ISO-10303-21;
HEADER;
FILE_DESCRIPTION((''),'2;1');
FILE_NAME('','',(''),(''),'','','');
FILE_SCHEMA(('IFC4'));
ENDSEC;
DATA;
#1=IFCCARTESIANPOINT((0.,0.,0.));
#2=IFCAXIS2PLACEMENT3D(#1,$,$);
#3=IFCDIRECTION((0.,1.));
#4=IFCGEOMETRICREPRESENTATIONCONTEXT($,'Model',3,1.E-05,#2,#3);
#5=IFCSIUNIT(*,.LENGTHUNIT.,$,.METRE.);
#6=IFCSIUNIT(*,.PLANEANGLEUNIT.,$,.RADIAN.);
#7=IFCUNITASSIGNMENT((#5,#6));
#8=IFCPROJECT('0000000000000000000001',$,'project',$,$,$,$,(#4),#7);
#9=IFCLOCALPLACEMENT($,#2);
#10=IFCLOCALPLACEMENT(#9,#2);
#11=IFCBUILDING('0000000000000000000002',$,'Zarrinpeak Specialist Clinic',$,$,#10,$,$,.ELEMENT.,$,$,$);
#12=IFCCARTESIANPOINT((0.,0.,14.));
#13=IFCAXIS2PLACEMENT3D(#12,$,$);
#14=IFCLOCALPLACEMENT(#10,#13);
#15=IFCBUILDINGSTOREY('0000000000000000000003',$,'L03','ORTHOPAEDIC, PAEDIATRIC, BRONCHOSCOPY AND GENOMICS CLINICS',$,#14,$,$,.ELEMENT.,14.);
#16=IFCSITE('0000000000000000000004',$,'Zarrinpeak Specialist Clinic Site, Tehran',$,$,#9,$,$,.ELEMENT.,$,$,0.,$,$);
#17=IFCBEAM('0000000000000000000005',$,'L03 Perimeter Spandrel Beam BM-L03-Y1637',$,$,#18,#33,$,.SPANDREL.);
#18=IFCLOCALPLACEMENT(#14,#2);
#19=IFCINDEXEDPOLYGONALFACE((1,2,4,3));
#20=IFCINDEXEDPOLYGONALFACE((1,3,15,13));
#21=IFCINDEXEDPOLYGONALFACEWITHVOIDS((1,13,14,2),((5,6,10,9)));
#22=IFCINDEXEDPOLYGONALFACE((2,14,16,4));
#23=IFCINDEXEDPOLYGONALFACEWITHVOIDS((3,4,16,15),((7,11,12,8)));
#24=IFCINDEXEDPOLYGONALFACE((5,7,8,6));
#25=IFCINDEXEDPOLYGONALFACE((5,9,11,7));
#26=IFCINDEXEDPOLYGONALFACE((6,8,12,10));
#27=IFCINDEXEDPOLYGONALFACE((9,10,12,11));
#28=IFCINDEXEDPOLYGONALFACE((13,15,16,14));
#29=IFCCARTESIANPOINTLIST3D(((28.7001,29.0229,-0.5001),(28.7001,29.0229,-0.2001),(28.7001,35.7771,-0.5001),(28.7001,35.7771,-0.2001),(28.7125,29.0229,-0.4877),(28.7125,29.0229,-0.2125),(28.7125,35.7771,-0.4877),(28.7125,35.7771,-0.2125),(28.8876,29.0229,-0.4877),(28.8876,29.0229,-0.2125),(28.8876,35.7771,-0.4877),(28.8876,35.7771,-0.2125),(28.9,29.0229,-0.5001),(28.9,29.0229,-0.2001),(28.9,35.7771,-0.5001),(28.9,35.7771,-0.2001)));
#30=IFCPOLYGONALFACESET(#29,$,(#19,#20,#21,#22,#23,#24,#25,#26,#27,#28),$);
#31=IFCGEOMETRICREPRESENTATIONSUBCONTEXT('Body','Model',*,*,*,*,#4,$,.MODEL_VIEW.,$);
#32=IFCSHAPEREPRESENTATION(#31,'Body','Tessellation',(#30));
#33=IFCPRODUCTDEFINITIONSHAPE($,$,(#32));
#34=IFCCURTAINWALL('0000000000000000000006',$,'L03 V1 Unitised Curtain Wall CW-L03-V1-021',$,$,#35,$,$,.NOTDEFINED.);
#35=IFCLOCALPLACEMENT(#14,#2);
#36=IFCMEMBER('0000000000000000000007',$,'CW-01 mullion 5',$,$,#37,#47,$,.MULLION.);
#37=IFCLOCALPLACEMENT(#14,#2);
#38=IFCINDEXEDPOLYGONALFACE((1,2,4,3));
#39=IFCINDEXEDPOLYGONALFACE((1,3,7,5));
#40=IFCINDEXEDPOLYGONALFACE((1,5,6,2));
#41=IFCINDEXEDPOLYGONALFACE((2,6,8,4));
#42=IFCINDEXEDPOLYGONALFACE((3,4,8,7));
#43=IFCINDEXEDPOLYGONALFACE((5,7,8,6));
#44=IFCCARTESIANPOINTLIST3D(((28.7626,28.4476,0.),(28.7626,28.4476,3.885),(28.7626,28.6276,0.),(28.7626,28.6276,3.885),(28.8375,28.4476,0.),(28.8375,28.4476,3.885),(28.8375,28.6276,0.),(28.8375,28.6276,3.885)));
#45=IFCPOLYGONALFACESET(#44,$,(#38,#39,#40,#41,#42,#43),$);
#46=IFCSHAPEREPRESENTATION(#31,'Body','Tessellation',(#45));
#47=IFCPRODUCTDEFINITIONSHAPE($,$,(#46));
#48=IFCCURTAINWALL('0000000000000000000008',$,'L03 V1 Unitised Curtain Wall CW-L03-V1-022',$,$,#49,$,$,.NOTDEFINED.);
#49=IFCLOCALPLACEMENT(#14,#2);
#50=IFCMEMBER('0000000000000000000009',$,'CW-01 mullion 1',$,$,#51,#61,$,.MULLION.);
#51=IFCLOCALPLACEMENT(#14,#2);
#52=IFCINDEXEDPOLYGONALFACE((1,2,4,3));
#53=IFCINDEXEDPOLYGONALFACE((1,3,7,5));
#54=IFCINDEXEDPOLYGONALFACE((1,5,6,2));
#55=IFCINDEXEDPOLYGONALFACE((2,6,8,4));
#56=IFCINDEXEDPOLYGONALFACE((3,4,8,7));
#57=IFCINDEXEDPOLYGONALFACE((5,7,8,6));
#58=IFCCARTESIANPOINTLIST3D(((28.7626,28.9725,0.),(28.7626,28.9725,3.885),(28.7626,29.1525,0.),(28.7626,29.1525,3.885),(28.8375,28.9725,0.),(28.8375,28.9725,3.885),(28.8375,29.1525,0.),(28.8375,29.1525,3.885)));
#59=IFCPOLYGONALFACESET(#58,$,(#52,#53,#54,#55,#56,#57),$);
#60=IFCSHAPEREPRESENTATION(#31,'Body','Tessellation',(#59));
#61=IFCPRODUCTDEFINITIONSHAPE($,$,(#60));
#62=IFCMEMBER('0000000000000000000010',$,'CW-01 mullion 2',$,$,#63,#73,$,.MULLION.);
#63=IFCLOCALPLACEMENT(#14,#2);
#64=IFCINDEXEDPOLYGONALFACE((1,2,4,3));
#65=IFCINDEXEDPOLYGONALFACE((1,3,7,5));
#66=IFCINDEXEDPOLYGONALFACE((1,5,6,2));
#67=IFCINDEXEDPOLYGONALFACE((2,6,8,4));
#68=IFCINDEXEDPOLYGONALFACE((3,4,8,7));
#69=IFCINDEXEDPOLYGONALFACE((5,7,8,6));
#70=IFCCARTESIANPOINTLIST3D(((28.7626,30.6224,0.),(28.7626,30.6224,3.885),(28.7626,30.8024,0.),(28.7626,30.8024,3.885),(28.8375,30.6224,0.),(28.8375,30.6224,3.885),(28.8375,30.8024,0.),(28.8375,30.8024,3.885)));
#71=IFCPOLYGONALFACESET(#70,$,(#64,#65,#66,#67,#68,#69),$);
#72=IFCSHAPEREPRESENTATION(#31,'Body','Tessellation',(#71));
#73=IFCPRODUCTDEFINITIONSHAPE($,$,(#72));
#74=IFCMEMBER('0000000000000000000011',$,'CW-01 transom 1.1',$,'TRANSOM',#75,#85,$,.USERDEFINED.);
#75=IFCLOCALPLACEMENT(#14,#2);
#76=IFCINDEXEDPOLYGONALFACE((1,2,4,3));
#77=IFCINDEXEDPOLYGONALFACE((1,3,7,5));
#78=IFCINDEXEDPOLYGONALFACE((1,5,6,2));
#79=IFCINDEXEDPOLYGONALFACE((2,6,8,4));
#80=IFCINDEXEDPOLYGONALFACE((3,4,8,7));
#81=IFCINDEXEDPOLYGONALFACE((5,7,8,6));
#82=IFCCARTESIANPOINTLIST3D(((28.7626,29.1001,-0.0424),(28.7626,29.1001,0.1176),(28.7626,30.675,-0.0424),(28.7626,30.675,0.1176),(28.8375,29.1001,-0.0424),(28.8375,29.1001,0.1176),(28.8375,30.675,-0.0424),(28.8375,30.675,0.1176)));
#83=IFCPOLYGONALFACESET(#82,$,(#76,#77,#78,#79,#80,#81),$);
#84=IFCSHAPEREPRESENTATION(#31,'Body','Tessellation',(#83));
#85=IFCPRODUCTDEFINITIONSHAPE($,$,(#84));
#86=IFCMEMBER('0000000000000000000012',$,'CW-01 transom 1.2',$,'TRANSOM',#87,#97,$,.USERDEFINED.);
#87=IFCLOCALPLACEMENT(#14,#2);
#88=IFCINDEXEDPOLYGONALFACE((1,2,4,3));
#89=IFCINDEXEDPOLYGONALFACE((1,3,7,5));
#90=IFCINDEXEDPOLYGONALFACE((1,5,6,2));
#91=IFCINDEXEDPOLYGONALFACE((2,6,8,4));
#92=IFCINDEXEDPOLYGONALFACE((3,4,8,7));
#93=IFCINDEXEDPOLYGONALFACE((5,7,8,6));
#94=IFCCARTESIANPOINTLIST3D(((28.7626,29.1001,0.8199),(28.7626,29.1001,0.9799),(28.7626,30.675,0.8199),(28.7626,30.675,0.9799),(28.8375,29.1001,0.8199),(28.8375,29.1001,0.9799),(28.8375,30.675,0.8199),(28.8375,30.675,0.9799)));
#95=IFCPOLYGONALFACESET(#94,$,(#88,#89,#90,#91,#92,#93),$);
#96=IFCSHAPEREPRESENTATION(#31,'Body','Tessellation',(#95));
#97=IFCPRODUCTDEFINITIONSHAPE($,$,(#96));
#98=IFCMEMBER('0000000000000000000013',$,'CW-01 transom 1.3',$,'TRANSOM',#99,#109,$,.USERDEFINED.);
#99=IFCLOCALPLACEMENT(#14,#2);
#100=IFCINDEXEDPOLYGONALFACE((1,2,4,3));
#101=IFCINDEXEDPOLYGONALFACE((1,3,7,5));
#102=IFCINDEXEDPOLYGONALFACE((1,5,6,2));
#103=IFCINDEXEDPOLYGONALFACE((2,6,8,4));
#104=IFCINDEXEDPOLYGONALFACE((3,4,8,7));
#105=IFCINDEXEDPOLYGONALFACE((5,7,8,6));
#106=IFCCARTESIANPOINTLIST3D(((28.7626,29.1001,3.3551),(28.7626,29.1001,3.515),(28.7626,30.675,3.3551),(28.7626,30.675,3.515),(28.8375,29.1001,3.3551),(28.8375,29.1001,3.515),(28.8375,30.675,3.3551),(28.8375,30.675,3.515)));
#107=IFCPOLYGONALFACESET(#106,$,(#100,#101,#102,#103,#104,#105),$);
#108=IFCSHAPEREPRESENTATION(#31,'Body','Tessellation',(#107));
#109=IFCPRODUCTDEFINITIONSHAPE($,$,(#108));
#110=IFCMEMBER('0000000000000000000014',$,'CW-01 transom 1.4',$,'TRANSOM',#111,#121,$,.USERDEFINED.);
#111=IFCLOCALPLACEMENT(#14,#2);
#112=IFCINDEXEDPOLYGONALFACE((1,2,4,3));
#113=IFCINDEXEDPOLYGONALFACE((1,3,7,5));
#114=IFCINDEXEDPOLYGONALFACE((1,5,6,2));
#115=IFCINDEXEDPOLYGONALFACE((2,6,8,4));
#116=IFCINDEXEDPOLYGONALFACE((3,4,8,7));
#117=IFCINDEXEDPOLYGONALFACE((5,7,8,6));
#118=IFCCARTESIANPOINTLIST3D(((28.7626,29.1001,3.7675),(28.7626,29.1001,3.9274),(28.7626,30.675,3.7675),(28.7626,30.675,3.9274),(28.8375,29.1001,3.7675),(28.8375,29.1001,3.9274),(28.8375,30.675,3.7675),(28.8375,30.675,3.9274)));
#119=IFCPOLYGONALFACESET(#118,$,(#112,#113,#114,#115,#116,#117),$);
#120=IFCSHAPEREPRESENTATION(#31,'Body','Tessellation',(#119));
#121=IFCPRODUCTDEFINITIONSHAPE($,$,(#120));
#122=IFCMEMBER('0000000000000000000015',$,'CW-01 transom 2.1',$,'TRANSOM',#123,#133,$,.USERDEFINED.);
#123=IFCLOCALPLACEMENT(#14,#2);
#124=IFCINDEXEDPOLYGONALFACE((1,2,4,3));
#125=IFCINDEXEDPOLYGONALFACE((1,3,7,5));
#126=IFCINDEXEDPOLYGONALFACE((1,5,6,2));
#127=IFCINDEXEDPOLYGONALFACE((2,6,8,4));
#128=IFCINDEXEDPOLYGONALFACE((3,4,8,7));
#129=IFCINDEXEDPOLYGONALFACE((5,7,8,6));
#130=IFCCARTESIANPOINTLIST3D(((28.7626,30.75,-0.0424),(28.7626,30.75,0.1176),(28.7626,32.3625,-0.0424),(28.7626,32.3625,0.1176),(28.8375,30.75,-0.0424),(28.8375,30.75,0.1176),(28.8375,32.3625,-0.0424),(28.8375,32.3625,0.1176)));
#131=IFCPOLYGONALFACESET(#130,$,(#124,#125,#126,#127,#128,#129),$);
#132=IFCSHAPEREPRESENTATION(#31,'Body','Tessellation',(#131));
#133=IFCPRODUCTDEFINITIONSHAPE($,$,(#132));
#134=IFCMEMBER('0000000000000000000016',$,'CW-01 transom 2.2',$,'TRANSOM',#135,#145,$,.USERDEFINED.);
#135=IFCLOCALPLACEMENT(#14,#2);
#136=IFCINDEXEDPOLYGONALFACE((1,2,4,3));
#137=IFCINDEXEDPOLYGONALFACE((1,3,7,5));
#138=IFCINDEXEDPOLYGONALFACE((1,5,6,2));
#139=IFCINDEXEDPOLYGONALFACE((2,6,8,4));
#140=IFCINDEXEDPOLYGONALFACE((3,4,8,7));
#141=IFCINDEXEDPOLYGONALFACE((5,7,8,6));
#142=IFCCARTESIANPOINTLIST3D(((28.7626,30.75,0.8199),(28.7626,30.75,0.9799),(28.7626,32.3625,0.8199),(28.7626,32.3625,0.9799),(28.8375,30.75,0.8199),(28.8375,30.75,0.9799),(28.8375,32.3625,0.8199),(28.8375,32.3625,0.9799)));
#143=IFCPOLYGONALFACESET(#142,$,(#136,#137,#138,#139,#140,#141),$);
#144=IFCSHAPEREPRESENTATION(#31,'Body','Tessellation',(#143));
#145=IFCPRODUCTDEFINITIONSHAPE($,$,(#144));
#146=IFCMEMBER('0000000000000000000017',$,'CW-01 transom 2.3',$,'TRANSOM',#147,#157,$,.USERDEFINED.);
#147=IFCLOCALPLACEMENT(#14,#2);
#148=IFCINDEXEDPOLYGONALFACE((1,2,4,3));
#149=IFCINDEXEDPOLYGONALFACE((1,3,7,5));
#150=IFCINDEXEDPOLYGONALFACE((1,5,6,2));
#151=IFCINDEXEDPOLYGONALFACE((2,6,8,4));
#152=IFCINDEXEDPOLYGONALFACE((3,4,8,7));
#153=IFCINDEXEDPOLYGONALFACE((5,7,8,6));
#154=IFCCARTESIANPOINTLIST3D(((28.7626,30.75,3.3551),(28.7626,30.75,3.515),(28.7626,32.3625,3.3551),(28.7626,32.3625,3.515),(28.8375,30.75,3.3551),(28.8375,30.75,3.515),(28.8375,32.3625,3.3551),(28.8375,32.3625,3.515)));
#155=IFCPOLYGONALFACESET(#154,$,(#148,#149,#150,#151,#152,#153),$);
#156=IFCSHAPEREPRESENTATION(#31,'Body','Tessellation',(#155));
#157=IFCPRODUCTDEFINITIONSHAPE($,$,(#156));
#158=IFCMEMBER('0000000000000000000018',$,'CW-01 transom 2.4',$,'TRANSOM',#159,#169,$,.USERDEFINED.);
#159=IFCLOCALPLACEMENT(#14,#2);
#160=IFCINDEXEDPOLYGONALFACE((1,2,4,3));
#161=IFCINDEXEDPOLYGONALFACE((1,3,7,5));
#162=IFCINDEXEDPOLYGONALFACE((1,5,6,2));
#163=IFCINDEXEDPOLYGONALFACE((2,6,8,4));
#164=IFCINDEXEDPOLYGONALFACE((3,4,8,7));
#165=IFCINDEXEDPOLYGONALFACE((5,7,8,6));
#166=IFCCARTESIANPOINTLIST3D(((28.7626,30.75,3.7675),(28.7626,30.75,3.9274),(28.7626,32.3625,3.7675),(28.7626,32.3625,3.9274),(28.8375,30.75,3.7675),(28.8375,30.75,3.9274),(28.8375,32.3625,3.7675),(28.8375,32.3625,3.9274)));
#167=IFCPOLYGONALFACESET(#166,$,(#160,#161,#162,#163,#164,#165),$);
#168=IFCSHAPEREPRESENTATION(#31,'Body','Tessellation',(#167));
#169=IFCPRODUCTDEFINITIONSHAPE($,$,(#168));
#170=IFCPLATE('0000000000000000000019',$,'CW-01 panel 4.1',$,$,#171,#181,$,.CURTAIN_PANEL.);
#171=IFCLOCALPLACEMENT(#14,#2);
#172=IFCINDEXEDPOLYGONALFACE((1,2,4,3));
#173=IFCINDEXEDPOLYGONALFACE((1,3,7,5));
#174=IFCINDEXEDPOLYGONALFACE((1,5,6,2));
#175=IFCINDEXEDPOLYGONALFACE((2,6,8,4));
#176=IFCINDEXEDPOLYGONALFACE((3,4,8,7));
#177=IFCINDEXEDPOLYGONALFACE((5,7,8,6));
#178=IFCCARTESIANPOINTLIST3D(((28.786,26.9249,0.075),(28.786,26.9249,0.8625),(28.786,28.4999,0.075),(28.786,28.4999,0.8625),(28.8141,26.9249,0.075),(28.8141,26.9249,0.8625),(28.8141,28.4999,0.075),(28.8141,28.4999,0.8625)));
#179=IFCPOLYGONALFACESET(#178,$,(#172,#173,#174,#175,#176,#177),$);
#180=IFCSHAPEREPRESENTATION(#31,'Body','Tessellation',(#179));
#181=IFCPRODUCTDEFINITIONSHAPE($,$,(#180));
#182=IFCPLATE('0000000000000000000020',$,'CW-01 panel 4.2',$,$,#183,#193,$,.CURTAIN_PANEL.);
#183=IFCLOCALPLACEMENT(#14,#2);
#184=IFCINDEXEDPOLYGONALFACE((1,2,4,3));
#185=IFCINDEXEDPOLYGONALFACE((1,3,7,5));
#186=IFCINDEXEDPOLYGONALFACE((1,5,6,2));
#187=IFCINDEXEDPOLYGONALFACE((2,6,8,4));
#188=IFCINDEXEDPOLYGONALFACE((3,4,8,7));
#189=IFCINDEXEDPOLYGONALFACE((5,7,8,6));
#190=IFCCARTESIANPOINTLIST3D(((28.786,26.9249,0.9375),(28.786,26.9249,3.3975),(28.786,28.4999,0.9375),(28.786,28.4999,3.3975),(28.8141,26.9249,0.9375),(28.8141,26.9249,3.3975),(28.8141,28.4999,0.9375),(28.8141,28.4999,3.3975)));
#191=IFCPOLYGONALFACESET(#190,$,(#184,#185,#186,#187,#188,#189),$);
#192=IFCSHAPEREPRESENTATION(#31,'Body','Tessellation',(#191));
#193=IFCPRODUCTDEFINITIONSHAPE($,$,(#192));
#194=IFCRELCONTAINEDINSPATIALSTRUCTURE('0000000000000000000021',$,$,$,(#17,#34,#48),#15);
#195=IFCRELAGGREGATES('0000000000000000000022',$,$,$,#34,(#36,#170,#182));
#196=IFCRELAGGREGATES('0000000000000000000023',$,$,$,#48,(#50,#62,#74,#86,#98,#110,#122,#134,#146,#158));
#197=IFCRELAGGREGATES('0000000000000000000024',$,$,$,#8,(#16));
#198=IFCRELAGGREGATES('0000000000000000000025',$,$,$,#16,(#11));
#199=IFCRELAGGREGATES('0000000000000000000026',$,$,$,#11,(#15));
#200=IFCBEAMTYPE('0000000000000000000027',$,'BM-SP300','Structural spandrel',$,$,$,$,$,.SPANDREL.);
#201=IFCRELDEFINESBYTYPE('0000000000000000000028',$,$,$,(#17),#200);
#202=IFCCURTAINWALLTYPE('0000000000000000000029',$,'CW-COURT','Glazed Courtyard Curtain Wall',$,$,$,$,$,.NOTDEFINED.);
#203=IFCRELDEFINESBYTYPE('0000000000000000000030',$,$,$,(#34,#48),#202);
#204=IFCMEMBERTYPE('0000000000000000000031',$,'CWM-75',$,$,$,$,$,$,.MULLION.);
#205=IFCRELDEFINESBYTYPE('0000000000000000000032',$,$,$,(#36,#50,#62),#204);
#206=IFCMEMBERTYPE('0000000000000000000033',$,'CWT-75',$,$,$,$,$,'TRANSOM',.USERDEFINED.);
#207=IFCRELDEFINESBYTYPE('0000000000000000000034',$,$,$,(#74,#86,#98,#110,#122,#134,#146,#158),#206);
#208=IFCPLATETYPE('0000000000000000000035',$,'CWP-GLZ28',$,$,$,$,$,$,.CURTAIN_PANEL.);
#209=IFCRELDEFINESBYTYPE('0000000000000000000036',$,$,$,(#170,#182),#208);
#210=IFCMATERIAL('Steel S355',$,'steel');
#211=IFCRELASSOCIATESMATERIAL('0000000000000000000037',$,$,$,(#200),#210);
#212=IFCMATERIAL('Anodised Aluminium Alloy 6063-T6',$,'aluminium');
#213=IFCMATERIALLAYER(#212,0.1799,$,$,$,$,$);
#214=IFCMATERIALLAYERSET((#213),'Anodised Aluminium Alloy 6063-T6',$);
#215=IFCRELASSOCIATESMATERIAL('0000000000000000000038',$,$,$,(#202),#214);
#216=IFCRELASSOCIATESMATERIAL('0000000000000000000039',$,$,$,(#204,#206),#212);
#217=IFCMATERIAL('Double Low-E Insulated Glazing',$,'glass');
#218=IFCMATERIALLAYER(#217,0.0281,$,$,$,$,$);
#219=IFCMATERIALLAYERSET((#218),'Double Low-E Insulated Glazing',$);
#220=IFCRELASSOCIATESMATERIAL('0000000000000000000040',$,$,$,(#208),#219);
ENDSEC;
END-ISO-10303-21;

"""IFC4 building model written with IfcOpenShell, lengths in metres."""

from ifc_helpers import new_model, si_unit, direction, frame, origin, origin_2d, place, context, subcontext, project, spatial, rectangle, hollow_rectangle, extrude, material, layer, layer_set, material_profile, profile_set, type_object, element, aggregate, save


model = new_model("IFC4")

# Units and contexts
model_context = context("Model", 3, precision=1e-05, world=origin(), true_north=direction((0.0, 1.0)))
body_context = subcontext(model_context, "Body", "Model", "MODEL_VIEW")
ifc_project = project(units=[si_unit("LENGTHUNIT", "METRE"), si_unit("PLANEANGLEUNIT", "RADIAN")], contexts=[model_context])

# Site, building, storey
site_placement = place(None, origin())
site = spatial("IfcSite", under=ifc_project, at=site_placement, Name="Zarrinpeak Specialist Clinic Site, Tehran", CompositionType="ELEMENT", RefElevation=0.0)
building_placement = place(site_placement, origin())
building = spatial("IfcBuilding", under=site, at=building_placement, Name="Zarrinpeak Specialist Clinic", CompositionType="ELEMENT")
storey_placement = place(building_placement, frame((0.0, 0.0, 14.0)))
storey = spatial("IfcBuildingStorey", under=building, at=storey_placement, Name="L03", Description="ORTHOPAEDIC, PAEDIATRIC, BRONCHOSCOPY AND GENOMICS CLINICS", CompositionType="ELEMENT", Elevation=14.0)

# Shared definitions
ifc_material_1 = material(Name="Steel S355", Category="steel")

# Beam
ifc_material_profile_1 = material_profile(ifc_material_1, hollow_rectangle(XDim=0.2, YDim=0.3, WallThickness=0.0125, at=origin_2d()), Name="RHS 300x200x12.5")
ifc_profile_set_1 = profile_set([ifc_material_profile_1], Name="Steel S355")
beam_type_1 = type_object("IfcBeamType", Name="BM-SP300", Description="Structural spandrel", PredefinedType="SPANDREL", material=ifc_profile_set_1)
beam_placement = place(storey_placement, frame((28.8, 29.0229, -0.3501), z_axis=(0.0, 1.0, 0.0), x_axis=(-1.0, 0.0, 0.0)))
element("IfcBeam", 1, at=beam_placement, inside=storey, type_object=beam_type_1, Name="L03 Perimeter Spandrel Beam BM-L03-Y1637", PredefinedType="SPANDREL", context=body_context, shape_type="SweptSolid", body=[
    extrude(hollow_rectangle(XDim=0.2, YDim=0.3, WallThickness=0.0125, at=origin_2d()), origin(), (0.0, 0.0, 1.0), 6.7542),
])

# Curtain wall, member
ifc_material_2 = material(Name="Anodised Aluminium Alloy 6063-T6", Category="aluminium")
ifc_layer_1 = layer(ifc_material_2, 0.1799)
ifc_layer_set_1 = layer_set([ifc_layer_1], Name="Anodised Aluminium Alloy 6063-T6")
curtain_wall_type = type_object("IfcCurtainWallType", Name="CW-COURT", Description="Glazed Courtyard Curtain Wall", PredefinedType="NOTDEFINED", material=ifc_layer_set_1)
curtain_wall_1_placement = place(storey_placement, origin())
curtain_wall_1 = element("IfcCurtainWall", 2, at=curtain_wall_1_placement, inside=storey, type_object=curtain_wall_type, Name="L03 V1 Unitised Curtain Wall CW-L03-V1-021", PredefinedType="NOTDEFINED")
ifc_material_profile_2 = material_profile(ifc_material_2, rectangle(XDim=0.075, YDim=0.1799, at=origin_2d()), Name="ALU 75x180")
ifc_profile_set_2 = profile_set([ifc_material_profile_2], Name="Anodised Aluminium Alloy 6063-T6")
member_type_1 = type_object("IfcMemberType", Name="CWM-75", PredefinedType="MULLION", material=ifc_profile_set_2)
member_1_placement = place(storey_placement, frame((28.8, 28.5376, 0.0), z_axis=(0.0, 0.0, 1.0), x_axis=(-1.0, 0.0, 0.0)))
member_1 = element("IfcMember", 3, at=member_1_placement, type_object=member_type_1, Name="CW-01 mullion 5", PredefinedType="MULLION", context=body_context, shape_type="SweptSolid", body=[
    extrude(rectangle(XDim=0.075, YDim=0.1799, at=origin_2d()), origin(), (0.0, 0.0, 1.0), 3.885),
])

# Curtain wall, members
curtain_wall_2_placement = place(storey_placement, origin())
curtain_wall_2 = element("IfcCurtainWall", 4, at=curtain_wall_2_placement, inside=storey, type_object=curtain_wall_type, Name="L03 V1 Unitised Curtain Wall CW-L03-V1-022", PredefinedType="NOTDEFINED")
member_2_placement = place(storey_placement, frame((28.8, 29.0625, 0.0), z_axis=(0.0, 0.0, 1.0), x_axis=(-1.0, 0.0, 0.0)))
member_2 = element("IfcMember", 5, at=member_2_placement, type_object=member_type_1, Name="CW-01 mullion 1", PredefinedType="MULLION", context=body_context, shape_type="SweptSolid", body=[
    extrude(rectangle(XDim=0.075, YDim=0.1799, at=origin_2d()), origin(), (0.0, 0.0, 1.0), 3.885),
])
member_3_placement = place(storey_placement, frame((28.8, 30.7124, 0.0), z_axis=(0.0, 0.0, 1.0), x_axis=(-1.0, 0.0, 0.0)))
member_3 = element("IfcMember", 6, at=member_3_placement, type_object=member_type_1, Name="CW-01 mullion 2", PredefinedType="MULLION", context=body_context, shape_type="SweptSolid", body=[
    extrude(rectangle(XDim=0.075, YDim=0.1799, at=origin_2d()), origin(), (0.0, 0.0, 1.0), 3.885),
])
ifc_material_profile_3 = material_profile(ifc_material_2, rectangle(XDim=0.075, YDim=0.1599, at=origin_2d()), Name="ALU 75x160")
ifc_profile_set_3 = profile_set([ifc_material_profile_3], Name="Anodised Aluminium Alloy 6063-T6")
member_type_2 = type_object("IfcMemberType", Name="CWT-75", ElementType="TRANSOM", PredefinedType="USERDEFINED", material=ifc_profile_set_3)
member_4_placement = place(storey_placement, frame((28.8, 29.1001, 0.0376), z_axis=(0.0, 1.0, 0.0), x_axis=(-1.0, 0.0, 0.0)))
member_4 = element("IfcMember", 7, at=member_4_placement, type_object=member_type_2, Name="CW-01 transom 1.1", ObjectType="TRANSOM", PredefinedType="USERDEFINED", context=body_context, shape_type="SweptSolid", body=[
    extrude(rectangle(XDim=0.075, YDim=0.1599, at=origin_2d()), origin(), (0.0, 0.0, 1.0), 1.575),
])
member_5_placement = place(storey_placement, frame((28.8, 29.1001, 0.8999), z_axis=(0.0, 1.0, 0.0), x_axis=(-1.0, 0.0, 0.0)))
member_5 = element("IfcMember", 8, at=member_5_placement, type_object=member_type_2, Name="CW-01 transom 1.2", ObjectType="TRANSOM", PredefinedType="USERDEFINED", context=body_context, shape_type="SweptSolid", body=[
    extrude(rectangle(XDim=0.075, YDim=0.1599, at=origin_2d()), origin(), (0.0, 0.0, 1.0), 1.575),
])
member_6_placement = place(storey_placement, frame((28.8, 29.1001, 3.4351), z_axis=(0.0, 1.0, 0.0), x_axis=(-1.0, 0.0, 0.0)))
member_6 = element("IfcMember", 9, at=member_6_placement, type_object=member_type_2, Name="CW-01 transom 1.3", ObjectType="TRANSOM", PredefinedType="USERDEFINED", context=body_context, shape_type="SweptSolid", body=[
    extrude(rectangle(XDim=0.075, YDim=0.1599, at=origin_2d()), origin(), (0.0, 0.0, 1.0), 1.575),
])
member_7_placement = place(storey_placement, frame((28.8, 29.1001, 3.8474), z_axis=(0.0, 1.0, 0.0), x_axis=(-1.0, 0.0, 0.0)))
member_7 = element("IfcMember", 10, at=member_7_placement, type_object=member_type_2, Name="CW-01 transom 1.4", ObjectType="TRANSOM", PredefinedType="USERDEFINED", context=body_context, shape_type="SweptSolid", body=[
    extrude(rectangle(XDim=0.075, YDim=0.1599, at=origin_2d()), origin(), (0.0, 0.0, 1.0), 1.575),
])
member_8_placement = place(storey_placement, frame((28.8, 30.75, 0.0376), z_axis=(0.0, 1.0, 0.0), x_axis=(-1.0, 0.0, 0.0)))
member_8 = element("IfcMember", 11, at=member_8_placement, type_object=member_type_2, Name="CW-01 transom 2.1", ObjectType="TRANSOM", PredefinedType="USERDEFINED", context=body_context, shape_type="SweptSolid", body=[
    extrude(rectangle(XDim=0.075, YDim=0.1599, at=origin_2d()), origin(), (0.0, 0.0, 1.0), 1.6125),
])
member_9_placement = place(storey_placement, frame((28.8, 30.75, 0.8999), z_axis=(0.0, 1.0, 0.0), x_axis=(-1.0, 0.0, 0.0)))
member_9 = element("IfcMember", 12, at=member_9_placement, type_object=member_type_2, Name="CW-01 transom 2.2", ObjectType="TRANSOM", PredefinedType="USERDEFINED", context=body_context, shape_type="SweptSolid", body=[
    extrude(rectangle(XDim=0.075, YDim=0.1599, at=origin_2d()), origin(), (0.0, 0.0, 1.0), 1.6125),
])
member_10_placement = place(storey_placement, frame((28.8, 30.75, 3.4351), z_axis=(0.0, 1.0, 0.0), x_axis=(-1.0, 0.0, 0.0)))
member_10 = element("IfcMember", 13, at=member_10_placement, type_object=member_type_2, Name="CW-01 transom 2.3", ObjectType="TRANSOM", PredefinedType="USERDEFINED", context=body_context, shape_type="SweptSolid", body=[
    extrude(rectangle(XDim=0.075, YDim=0.1599, at=origin_2d()), origin(), (0.0, 0.0, 1.0), 1.6125),
])
member_11_placement = place(storey_placement, frame((28.8, 30.75, 3.8474), z_axis=(0.0, 1.0, 0.0), x_axis=(-1.0, 0.0, 0.0)))
member_11 = element("IfcMember", 14, at=member_11_placement, type_object=member_type_2, Name="CW-01 transom 2.4", ObjectType="TRANSOM", PredefinedType="USERDEFINED", context=body_context, shape_type="SweptSolid", body=[
    extrude(rectangle(XDim=0.075, YDim=0.1599, at=origin_2d()), origin(), (0.0, 0.0, 1.0), 1.6125),
])

# Plates
ifc_material_3 = material(Name="Double Low-E Insulated Glazing", Category="glass")
ifc_layer_2 = layer(ifc_material_3, 0.0281)
ifc_layer_set_2 = layer_set([ifc_layer_2], Name="Double Low-E Insulated Glazing")
plate_type = type_object("IfcPlateType", Name="CWP-GLZ28", PredefinedType="CURTAIN_PANEL", material=ifc_layer_set_2)
plate_1_placement = place(storey_placement, frame((28.8, 27.7124, 0.075), z_axis=(0.0, 0.0, 1.0), x_axis=(0.0, 1.0, 0.0)))
plate_1 = element("IfcPlate", 15, at=plate_1_placement, type_object=plate_type, Name="CW-01 panel 4.1", PredefinedType="CURTAIN_PANEL", context=body_context, shape_type="SweptSolid", body=[
    extrude(rectangle(XDim=1.575, YDim=0.0281, at=origin_2d()), origin(), (0.0, 0.0, 1.0), 0.7876),
])
plate_2_placement = place(storey_placement, frame((28.8, 27.7124, 0.9375), z_axis=(0.0, 0.0, 1.0), x_axis=(0.0, 1.0, 0.0)))
plate_2 = element("IfcPlate", 16, at=plate_2_placement, type_object=plate_type, Name="CW-01 panel 4.2", PredefinedType="CURTAIN_PANEL", context=body_context, shape_type="SweptSolid", body=[
    extrude(rectangle(XDim=1.575, YDim=0.0281, at=origin_2d()), origin(), (0.0, 0.0, 1.0), 2.46),
])
aggregate(curtain_wall_1, [member_1, plate_1, plate_2])
aggregate(curtain_wall_2, [member_2, member_3, member_4, member_5, member_6, member_7, member_8, member_9, member_10, member_11])

save(model, "model.ifc")
